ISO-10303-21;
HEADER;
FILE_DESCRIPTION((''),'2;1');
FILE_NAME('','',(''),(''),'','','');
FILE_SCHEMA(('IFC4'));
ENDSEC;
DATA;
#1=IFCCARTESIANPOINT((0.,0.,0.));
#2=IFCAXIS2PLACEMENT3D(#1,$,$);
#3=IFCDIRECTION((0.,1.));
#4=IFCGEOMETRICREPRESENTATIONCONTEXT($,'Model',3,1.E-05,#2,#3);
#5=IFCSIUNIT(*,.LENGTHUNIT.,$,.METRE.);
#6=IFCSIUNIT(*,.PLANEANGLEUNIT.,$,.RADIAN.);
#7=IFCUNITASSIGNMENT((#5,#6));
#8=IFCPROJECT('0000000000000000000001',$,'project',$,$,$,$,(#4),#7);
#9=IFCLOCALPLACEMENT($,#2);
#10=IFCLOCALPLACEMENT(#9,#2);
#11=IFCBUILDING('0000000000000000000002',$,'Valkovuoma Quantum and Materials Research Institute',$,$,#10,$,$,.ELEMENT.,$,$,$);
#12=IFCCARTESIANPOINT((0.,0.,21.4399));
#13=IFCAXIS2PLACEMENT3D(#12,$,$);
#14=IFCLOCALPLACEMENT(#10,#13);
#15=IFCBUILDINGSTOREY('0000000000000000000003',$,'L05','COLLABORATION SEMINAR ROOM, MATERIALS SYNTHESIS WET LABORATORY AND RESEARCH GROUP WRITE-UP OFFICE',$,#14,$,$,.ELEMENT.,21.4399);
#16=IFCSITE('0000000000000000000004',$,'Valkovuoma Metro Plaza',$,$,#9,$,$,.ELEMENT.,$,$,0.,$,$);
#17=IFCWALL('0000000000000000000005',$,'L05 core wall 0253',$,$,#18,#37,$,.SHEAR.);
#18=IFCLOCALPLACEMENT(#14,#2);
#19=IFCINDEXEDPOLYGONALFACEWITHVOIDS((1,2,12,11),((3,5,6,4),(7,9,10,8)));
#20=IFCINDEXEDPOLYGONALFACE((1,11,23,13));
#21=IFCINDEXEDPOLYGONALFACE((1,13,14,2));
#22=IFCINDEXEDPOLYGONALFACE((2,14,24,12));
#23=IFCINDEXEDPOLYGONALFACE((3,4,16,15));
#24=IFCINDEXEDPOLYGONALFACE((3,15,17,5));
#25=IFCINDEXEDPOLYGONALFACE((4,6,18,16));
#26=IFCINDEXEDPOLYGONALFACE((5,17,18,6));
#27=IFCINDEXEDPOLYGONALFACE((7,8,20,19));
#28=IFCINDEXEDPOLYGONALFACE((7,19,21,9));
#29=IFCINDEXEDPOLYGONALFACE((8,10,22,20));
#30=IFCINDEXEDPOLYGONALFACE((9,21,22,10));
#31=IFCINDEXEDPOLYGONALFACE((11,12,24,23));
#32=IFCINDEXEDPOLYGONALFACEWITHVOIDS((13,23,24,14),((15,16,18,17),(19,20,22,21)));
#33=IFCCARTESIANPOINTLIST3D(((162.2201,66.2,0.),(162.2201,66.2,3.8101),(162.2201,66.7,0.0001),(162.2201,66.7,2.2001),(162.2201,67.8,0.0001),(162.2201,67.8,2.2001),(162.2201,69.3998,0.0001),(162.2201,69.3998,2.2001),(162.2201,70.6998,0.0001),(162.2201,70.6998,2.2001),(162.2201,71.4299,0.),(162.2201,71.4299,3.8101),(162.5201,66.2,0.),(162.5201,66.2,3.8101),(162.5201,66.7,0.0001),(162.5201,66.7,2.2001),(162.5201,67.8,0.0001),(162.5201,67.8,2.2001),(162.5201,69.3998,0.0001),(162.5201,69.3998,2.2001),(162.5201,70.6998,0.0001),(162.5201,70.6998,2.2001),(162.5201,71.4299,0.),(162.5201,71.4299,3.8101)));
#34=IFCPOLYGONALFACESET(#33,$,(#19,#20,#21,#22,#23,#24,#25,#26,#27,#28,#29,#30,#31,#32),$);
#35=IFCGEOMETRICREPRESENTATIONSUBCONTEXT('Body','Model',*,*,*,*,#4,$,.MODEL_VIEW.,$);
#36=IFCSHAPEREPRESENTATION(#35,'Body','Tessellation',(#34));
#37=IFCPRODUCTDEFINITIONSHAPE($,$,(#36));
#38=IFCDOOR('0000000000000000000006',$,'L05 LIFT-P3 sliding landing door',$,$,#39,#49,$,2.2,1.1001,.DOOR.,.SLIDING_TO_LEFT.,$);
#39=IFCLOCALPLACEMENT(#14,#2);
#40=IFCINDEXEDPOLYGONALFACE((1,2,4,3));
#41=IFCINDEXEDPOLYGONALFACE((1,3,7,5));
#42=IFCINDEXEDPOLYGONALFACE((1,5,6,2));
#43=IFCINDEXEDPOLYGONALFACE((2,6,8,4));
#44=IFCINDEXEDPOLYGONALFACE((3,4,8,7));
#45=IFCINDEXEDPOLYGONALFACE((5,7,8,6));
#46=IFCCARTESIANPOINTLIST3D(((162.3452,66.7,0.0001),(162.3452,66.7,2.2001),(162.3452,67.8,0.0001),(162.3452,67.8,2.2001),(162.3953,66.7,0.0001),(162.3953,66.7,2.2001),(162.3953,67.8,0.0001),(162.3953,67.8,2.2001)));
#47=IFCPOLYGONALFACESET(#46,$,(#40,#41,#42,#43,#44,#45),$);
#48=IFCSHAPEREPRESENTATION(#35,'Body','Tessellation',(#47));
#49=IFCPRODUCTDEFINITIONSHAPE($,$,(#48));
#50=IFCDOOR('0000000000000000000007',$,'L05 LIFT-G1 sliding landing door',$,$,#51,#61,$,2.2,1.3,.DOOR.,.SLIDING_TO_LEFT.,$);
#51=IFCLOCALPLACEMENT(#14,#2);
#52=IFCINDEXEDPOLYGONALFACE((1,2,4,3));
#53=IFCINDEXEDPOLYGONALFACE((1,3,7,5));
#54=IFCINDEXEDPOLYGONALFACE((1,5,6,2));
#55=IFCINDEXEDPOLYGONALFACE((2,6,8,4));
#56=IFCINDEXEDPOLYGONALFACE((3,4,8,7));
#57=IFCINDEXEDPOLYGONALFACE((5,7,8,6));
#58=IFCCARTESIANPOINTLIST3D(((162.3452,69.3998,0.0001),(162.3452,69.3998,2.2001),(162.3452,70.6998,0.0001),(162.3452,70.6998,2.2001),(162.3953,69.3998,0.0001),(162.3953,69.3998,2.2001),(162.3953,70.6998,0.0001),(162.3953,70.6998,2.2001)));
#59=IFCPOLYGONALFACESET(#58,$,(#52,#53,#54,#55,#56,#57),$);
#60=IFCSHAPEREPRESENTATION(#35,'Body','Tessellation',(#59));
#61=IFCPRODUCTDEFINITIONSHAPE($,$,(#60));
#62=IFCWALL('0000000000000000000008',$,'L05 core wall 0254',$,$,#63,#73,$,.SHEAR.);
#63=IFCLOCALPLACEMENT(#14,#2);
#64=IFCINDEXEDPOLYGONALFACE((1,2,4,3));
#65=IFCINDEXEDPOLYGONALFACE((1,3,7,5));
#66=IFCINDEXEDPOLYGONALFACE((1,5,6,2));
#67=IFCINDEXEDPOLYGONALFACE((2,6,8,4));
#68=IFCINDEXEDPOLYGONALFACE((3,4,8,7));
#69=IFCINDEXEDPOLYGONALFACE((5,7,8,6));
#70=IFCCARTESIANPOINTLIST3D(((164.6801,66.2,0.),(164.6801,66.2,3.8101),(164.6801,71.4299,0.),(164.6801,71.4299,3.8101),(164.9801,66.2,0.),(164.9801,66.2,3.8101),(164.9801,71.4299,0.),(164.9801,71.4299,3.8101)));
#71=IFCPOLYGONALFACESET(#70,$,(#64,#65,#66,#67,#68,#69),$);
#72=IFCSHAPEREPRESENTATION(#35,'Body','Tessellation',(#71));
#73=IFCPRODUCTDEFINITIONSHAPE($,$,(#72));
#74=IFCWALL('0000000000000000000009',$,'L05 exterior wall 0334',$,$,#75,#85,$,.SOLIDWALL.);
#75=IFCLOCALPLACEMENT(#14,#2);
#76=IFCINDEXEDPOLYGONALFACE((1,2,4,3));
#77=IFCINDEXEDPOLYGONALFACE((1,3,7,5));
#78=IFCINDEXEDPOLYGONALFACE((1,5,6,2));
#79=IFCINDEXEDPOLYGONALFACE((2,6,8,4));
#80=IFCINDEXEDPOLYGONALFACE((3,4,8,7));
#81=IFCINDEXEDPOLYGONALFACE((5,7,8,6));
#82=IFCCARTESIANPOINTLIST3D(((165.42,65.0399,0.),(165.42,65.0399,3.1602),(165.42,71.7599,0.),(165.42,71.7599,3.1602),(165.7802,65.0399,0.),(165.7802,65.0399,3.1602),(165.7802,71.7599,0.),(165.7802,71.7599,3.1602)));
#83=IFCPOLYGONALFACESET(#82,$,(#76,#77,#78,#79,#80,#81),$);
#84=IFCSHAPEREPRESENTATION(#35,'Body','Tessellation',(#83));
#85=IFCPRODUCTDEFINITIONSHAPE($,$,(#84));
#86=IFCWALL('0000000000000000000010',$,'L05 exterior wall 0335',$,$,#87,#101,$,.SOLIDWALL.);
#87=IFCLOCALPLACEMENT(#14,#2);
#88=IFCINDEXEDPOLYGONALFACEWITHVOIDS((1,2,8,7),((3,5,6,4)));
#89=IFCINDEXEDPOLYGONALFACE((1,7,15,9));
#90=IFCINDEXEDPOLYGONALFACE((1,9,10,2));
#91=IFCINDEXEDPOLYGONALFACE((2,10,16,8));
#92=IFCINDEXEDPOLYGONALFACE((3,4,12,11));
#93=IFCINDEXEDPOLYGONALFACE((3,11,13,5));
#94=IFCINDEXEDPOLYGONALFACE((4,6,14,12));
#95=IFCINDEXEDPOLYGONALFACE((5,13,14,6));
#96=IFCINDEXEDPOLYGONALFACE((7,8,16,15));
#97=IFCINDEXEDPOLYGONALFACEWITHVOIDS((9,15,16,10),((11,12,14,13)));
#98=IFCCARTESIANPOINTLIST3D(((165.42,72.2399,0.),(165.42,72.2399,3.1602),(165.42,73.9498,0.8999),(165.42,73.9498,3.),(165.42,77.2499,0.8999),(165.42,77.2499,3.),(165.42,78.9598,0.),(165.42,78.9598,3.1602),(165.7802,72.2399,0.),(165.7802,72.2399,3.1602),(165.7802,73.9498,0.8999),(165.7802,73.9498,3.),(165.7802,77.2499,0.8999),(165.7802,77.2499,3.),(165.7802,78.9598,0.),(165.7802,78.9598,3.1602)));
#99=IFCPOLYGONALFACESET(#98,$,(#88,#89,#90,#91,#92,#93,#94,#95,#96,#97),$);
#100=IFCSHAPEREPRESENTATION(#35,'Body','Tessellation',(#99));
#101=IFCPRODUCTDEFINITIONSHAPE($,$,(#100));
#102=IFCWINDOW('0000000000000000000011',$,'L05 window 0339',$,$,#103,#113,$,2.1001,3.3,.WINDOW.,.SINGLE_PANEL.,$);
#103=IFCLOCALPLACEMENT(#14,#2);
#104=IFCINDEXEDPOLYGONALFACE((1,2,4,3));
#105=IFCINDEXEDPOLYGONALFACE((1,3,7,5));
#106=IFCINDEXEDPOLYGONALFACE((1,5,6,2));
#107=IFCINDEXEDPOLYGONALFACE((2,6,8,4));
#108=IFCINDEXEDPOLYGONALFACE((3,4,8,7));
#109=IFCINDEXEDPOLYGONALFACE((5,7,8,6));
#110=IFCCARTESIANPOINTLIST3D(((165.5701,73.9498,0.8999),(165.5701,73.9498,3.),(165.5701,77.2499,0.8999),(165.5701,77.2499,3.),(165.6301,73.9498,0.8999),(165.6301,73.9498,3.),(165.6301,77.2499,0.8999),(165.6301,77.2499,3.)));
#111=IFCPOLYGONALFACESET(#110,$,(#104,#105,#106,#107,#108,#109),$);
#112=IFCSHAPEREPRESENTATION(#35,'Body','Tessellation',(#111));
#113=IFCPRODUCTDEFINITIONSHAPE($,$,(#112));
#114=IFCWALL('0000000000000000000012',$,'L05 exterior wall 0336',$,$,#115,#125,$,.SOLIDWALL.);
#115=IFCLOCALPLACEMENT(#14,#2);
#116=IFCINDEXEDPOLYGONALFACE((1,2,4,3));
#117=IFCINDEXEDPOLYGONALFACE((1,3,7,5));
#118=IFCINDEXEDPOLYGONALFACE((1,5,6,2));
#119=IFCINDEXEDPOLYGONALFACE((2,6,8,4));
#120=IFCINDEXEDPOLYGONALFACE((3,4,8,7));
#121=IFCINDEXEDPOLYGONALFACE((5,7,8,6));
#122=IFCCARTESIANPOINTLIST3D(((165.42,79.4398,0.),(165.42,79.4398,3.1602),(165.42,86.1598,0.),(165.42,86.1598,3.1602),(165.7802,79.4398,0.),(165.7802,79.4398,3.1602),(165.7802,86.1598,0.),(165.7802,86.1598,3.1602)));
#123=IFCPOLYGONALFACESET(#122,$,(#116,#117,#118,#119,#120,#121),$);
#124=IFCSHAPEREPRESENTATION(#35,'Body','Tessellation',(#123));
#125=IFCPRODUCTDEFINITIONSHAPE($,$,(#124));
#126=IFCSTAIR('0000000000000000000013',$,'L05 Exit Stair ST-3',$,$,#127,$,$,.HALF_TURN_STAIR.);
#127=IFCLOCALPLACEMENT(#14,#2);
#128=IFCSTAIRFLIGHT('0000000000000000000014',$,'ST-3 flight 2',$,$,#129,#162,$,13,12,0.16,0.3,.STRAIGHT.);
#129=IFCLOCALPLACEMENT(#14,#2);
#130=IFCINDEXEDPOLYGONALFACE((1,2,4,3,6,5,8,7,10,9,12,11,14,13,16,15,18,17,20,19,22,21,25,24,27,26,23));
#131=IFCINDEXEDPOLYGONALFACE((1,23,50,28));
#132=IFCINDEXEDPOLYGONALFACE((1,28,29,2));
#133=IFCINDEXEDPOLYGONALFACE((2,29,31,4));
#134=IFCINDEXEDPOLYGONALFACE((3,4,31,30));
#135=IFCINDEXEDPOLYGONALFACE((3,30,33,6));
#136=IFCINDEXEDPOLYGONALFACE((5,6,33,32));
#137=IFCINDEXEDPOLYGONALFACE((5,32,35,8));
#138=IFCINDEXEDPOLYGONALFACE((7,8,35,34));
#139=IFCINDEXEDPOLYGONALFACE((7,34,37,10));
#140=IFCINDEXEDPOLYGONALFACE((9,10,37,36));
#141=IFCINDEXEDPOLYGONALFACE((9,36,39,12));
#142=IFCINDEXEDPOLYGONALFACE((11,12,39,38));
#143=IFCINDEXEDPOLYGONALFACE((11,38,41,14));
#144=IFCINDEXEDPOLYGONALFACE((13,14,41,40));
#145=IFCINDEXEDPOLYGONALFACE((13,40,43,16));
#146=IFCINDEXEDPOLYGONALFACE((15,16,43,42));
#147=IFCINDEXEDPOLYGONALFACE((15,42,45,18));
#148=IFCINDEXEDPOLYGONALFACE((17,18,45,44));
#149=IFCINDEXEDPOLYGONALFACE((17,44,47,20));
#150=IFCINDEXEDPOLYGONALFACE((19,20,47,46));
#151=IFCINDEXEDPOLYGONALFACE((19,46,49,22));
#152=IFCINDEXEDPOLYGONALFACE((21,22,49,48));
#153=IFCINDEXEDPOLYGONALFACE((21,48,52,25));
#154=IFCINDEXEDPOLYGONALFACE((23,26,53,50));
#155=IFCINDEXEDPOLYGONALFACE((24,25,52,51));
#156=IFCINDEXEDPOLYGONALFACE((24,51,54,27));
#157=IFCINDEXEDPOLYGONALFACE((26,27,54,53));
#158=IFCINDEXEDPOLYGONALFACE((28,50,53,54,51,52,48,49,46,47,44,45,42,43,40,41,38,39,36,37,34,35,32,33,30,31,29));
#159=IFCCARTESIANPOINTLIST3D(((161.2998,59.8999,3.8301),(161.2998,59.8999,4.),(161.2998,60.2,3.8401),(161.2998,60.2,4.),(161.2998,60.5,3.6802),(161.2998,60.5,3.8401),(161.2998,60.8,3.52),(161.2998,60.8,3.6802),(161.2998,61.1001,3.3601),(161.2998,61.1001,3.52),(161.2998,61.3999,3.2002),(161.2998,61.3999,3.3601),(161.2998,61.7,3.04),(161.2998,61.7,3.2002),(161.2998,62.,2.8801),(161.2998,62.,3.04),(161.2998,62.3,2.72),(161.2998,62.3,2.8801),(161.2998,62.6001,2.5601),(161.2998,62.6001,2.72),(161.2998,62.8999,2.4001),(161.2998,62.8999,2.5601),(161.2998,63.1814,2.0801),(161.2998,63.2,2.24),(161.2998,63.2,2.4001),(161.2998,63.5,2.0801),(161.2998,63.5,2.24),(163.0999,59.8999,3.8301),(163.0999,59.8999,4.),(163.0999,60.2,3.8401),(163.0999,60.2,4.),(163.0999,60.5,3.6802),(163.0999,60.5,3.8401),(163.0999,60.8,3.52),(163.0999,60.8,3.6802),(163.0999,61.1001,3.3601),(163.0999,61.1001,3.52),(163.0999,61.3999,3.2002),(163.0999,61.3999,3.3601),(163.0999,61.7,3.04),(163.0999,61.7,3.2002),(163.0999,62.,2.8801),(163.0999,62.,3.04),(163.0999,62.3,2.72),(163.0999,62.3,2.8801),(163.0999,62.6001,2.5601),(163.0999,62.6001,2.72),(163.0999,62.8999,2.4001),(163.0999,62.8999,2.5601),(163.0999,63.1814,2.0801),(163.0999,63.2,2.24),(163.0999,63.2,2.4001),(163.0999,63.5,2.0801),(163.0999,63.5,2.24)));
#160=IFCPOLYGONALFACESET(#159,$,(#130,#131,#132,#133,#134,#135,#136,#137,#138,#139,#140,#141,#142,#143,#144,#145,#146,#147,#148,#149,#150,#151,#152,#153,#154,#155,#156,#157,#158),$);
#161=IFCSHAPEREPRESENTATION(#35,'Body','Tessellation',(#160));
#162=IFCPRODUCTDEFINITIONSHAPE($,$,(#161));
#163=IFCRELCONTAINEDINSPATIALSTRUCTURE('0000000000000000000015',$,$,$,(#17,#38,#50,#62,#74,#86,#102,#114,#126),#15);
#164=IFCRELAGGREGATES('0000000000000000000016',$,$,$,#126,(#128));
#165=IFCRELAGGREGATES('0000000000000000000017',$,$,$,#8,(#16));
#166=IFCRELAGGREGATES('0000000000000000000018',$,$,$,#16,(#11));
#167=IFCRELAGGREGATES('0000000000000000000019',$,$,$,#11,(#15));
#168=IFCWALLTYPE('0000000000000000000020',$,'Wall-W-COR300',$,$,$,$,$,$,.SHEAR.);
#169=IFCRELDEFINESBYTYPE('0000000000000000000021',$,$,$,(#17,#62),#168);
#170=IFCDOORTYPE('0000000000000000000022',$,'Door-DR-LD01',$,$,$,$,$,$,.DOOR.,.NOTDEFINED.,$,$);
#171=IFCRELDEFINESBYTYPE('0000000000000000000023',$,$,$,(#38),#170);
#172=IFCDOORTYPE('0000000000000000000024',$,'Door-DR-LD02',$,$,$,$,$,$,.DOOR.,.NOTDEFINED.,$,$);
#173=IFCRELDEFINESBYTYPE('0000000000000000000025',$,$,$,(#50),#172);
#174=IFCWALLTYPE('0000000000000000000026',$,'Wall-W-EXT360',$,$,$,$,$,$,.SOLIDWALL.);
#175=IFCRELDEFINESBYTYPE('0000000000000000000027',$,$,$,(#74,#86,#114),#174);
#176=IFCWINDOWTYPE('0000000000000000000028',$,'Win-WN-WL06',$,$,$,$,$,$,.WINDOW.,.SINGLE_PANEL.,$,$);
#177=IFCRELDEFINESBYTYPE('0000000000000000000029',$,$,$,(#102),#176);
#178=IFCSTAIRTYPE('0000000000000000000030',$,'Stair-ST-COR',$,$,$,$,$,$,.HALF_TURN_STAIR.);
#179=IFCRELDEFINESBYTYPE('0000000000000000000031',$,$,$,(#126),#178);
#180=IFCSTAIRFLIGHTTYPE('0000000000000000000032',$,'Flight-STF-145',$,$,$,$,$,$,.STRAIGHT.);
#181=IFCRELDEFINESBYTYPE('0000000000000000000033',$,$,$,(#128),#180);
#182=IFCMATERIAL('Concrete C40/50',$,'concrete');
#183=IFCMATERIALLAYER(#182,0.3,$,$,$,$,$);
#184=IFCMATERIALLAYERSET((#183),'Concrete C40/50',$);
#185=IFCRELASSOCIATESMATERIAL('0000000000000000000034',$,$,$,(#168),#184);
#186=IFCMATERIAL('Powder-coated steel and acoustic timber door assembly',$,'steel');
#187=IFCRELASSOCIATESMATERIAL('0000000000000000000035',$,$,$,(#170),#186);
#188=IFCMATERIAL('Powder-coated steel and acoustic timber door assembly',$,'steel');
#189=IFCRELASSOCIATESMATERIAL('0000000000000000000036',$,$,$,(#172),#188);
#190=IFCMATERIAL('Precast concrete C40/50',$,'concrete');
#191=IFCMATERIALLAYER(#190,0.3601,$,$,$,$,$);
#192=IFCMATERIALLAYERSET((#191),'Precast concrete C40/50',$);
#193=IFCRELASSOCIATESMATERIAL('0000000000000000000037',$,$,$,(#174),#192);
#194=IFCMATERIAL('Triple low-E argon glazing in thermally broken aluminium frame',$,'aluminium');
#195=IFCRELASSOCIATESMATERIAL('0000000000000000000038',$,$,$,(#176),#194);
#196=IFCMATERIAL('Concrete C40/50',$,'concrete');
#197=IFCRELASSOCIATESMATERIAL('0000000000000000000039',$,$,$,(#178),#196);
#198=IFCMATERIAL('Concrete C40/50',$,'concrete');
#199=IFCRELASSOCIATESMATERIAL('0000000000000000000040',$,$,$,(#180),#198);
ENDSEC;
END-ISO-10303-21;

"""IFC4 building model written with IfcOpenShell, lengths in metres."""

from ifc_helpers import new_model, si_unit, direction, frame, frame_2d, origin, place, context, subcontext, project, spatial, polyline, rectangle, outline, extrude, material, layer, layer_set, type_object, element, fill, aggregate, save


model = new_model("IFC4")

# Units and contexts
model_context = context("Model", 3, precision=1e-05, world=origin(), true_north=direction((0.0, 1.0)))
body_context = subcontext(model_context, "Body", "Model", "MODEL_VIEW")
ifc_project = project(units=[si_unit("LENGTHUNIT", "METRE"), si_unit("PLANEANGLEUNIT", "RADIAN")], contexts=[model_context])

# Site, building, storey
site_placement = place(None, origin())
site = spatial("IfcSite", under=ifc_project, at=site_placement, Name="Valkovuoma Metro Plaza", CompositionType="ELEMENT", RefElevation=0.0)
building_placement = place(site_placement, origin())
building = spatial("IfcBuilding", under=site, at=building_placement, Name="Valkovuoma Quantum and Materials Research Institute", CompositionType="ELEMENT")
storey_placement = place(building_placement, frame((0.0, 0.0, 21.4399)))
storey = spatial("IfcBuildingStorey", under=building, at=storey_placement, Name="L05", Description="COLLABORATION SEMINAR ROOM, MATERIALS SYNTHESIS WET LABORATORY AND RESEARCH GROUP WRITE-UP OFFICE", CompositionType="ELEMENT", Elevation=21.4399)

# Shared definitions
ifc_material_1 = material(Name="Concrete C40/50", Category="concrete")
ifc_layer_1 = layer(ifc_material_1, 0.3)
ifc_layer_set_1 = layer_set([ifc_layer_1], Name="Concrete C40/50")
wall_type_1 = type_object("IfcWallType", Name="Wall-W-COR300", PredefinedType="SHEAR", material=ifc_layer_set_1)

# Wall, openings, doors
wall_1_placement = place(storey_placement, frame((162.3701, 66.2, 0.0), z_axis=(0.0, 0.0, 1.0), x_axis=(0.0, 1.0, 0.0)))
wall_1 = element("IfcWall", 1, at=wall_1_placement, inside=storey, type_object=wall_type_1, Name="L05 core wall 0253", PredefinedType="SHEAR", context=body_context, shape_type="SweptSolid", body=[
    extrude(rectangle(XDim=5.23, YDim=0.3, at=frame_2d((2.615, 0.0))), origin(), (0.0, 0.0, 1.0), 3.8101),
])
opening_1_placement = place(wall_1_placement, frame((0.5, 0.0, 0.0)))
opening_1 = element("IfcOpeningElement", 2, at=opening_1_placement, cuts=wall_1, PredefinedType="OPENING", context=body_context, shape_type="SweptSolid", body=[
    extrude(rectangle(XDim=1.1001, YDim=2.2, at=frame_2d((0.55, 1.1001))), frame((0.0, 0.1602, 0.0), z_axis=(0.0, -1.0, 0.0), x_axis=(1.0, 0.0, 0.0)), (0.0, 0.0, 1.0), 0.3201),
])
opening_2_placement = place(wall_1_placement, frame((3.2, 0.0, 0.0)))
opening_2 = element("IfcOpeningElement", 3, at=opening_2_placement, cuts=wall_1, PredefinedType="OPENING", context=body_context, shape_type="SweptSolid", body=[
    extrude(rectangle(XDim=1.3, YDim=2.2, at=frame_2d((0.6499, 1.1001))), frame((0.0, 0.1602, 0.0), z_axis=(0.0, -1.0, 0.0), x_axis=(1.0, 0.0, 0.0)), (0.0, 0.0, 1.0), 0.3201),
])
ifc_material_2 = material(Name="Powder-coated steel and acoustic timber door assembly", Category="steel")
door_type_1 = type_object("IfcDoorType", Name="Door-DR-LD01", OperationType="NOTDEFINED", PredefinedType="DOOR", material=ifc_material_2)
door_1_placement = place(opening_1_placement, origin())
door_1 = element("IfcDoor", 4, at=door_1_placement, inside=storey, type_object=door_type_1, Name="L05 LIFT-P3 sliding landing door", OperationType="SLIDING_TO_LEFT", OverallHeight=2.2, OverallWidth=1.1001, PredefinedType="DOOR", context=body_context, shape_type="SweptSolid", body=[
    extrude(rectangle(XDim=1.1001, YDim=2.2, at=frame_2d((0.55, 1.1001))), frame((0.0, 0.0249, 0.0), z_axis=(0.0, -1.0, 0.0), x_axis=(1.0, 0.0, 0.0)), (0.0, 0.0, 1.0), 0.05),
])
fill(opening_1, door_1)
ifc_material_3 = material(Name="Powder-coated steel and acoustic timber door assembly", Category="steel")
door_type_2 = type_object("IfcDoorType", Name="Door-DR-LD02", OperationType="NOTDEFINED", PredefinedType="DOOR", material=ifc_material_3)
door_2_placement = place(opening_2_placement, origin())
door_2 = element("IfcDoor", 5, at=door_2_placement, inside=storey, type_object=door_type_2, Name="L05 LIFT-G1 sliding landing door", OperationType="SLIDING_TO_LEFT", OverallHeight=2.2, OverallWidth=1.3, PredefinedType="DOOR", context=body_context, shape_type="SweptSolid", body=[
    extrude(rectangle(XDim=1.3, YDim=2.2, at=frame_2d((0.6499, 1.1001))), frame((0.0, 0.0249, 0.0), z_axis=(0.0, -1.0, 0.0), x_axis=(1.0, 0.0, 0.0)), (0.0, 0.0, 1.0), 0.05),
])
fill(opening_2, door_2)

# Walls
wall_2_placement = place(storey_placement, frame((164.8301, 66.2, 0.0), z_axis=(0.0, 0.0, 1.0), x_axis=(0.0, 1.0, 0.0)))
element("IfcWall", 6, at=wall_2_placement, inside=storey, type_object=wall_type_1, Name="L05 core wall 0254", PredefinedType="SHEAR", context=body_context, shape_type="SweptSolid", body=[
    extrude(rectangle(XDim=5.23, YDim=0.3, at=frame_2d((2.615, 0.0))), origin(), (0.0, 0.0, 1.0), 3.8101),
])
ifc_material_4 = material(Name="Precast concrete C40/50", Category="concrete")
ifc_layer_2 = layer(ifc_material_4, 0.3601)
ifc_layer_set_2 = layer_set([ifc_layer_2], Name="Precast concrete C40/50")
wall_type_2 = type_object("IfcWallType", Name="Wall-W-EXT360", PredefinedType="SOLIDWALL", material=ifc_layer_set_2)
wall_3_placement = place(storey_placement, frame((165.6001, 65.04, 0.0), z_axis=(0.0, 0.0, 1.0), x_axis=(0.0, 1.0, 0.0)))
element("IfcWall", 7, at=wall_3_placement, inside=storey, type_object=wall_type_2, Name="L05 exterior wall 0334", PredefinedType="SOLIDWALL", context=body_context, shape_type="SweptSolid", body=[
    extrude(rectangle(XDim=6.72, YDim=0.3601, at=frame_2d((3.3599, 0.0))), origin(), (0.0, 0.0, 1.0), 3.1602),
])

# Wall, opening, window
wall_4_placement = place(storey_placement, frame((165.6001, 72.24, 0.0), z_axis=(0.0, 0.0, 1.0), x_axis=(0.0, 1.0, 0.0)))
wall_4 = element("IfcWall", 8, at=wall_4_placement, inside=storey, type_object=wall_type_2, Name="L05 exterior wall 0335", PredefinedType="SOLIDWALL", context=body_context, shape_type="SweptSolid", body=[
    extrude(rectangle(XDim=6.72, YDim=0.3601, at=frame_2d((3.3599, 0.0))), origin(), (0.0, 0.0, 1.0), 3.1602),
])
opening_3_placement = place(wall_4_placement, frame((1.71, 0.0, 0.8999)))
opening_3 = element("IfcOpeningElement", 9, at=opening_3_placement, cuts=wall_4, PredefinedType="OPENING", context=body_context, shape_type="SweptSolid", body=[
    extrude(rectangle(XDim=3.3, YDim=2.1001, at=frame_2d((1.6499, 1.05))), frame((0.0, 0.1899, 0.0), z_axis=(0.0, -1.0, 0.0), x_axis=(1.0, 0.0, 0.0)), (0.0, 0.0, 1.0), 0.3801),
])
ifc_material_5 = material(Name="Triple low-E argon glazing in thermally broken aluminium frame", Category="aluminium")
window_type = type_object("IfcWindowType", Name="Win-WN-WL06", PartitioningType="SINGLE_PANEL", PredefinedType="WINDOW", material=ifc_material_5)
window_placement = place(opening_3_placement, origin())
window = element("IfcWindow", 10, at=window_placement, inside=storey, type_object=window_type, Name="L05 window 0339", OverallHeight=2.1001, OverallWidth=3.3, PartitioningType="SINGLE_PANEL", PredefinedType="WINDOW", context=body_context, shape_type="SweptSolid", body=[
    extrude(rectangle(XDim=3.3, YDim=2.1001, at=frame_2d((1.6499, 1.05))), frame((0.0, 0.03, 0.0), z_axis=(0.0, -1.0, 0.0), x_axis=(1.0, 0.0, 0.0)), (0.0, 0.0, 1.0), 0.0601),
])
fill(opening_3, window)

# Wall
wall_5_placement = place(storey_placement, frame((165.6001, 79.4399, 0.0), z_axis=(0.0, 0.0, 1.0), x_axis=(0.0, 1.0, 0.0)))
element("IfcWall", 11, at=wall_5_placement, inside=storey, type_object=wall_type_2, Name="L05 exterior wall 0336", PredefinedType="SOLIDWALL", context=body_context, shape_type="SweptSolid", body=[
    extrude(rectangle(XDim=6.72, YDim=0.3601, at=frame_2d((3.3599, 0.0))), origin(), (0.0, 0.0, 1.0), 3.1602),
])

# Stair, stair flight
ifc_material_6 = material(Name="Concrete C40/50", Category="concrete")
stair_type = type_object("IfcStairType", Name="Stair-ST-COR", PredefinedType="HALF_TURN_STAIR", material=ifc_material_6)
stair_placement = place(storey_placement, origin())
stair = element("IfcStair", 12, at=stair_placement, inside=storey, type_object=stair_type, Name="L05 Exit Stair ST-3", PredefinedType="HALF_TURN_STAIR")
ifc_material_7 = material(Name="Concrete C40/50", Category="concrete")
stair_flight_type = type_object("IfcStairFlightType", Name="Flight-STF-145", PredefinedType="STRAIGHT", material=ifc_material_7)
stair_flight_placement = place(storey_placement, frame((162.2, 63.5, 2.0801), z_axis=(0.0, 0.0, 1.0), x_axis=(0.0, -1.0, 0.0)))
stair_flight = element("IfcStairFlight", 13, at=stair_flight_placement, type_object=stair_flight_type, Name="ST-3 flight 2", NumberOfRisers=13, NumberOfTreads=12, PredefinedType="STRAIGHT", RiserHeight=0.16, TreadLength=0.3, context=body_context, shape_type="SweptSolid", body=[
    extrude(outline(polyline([(0.0, 0.0), (0.0, 0.1599), (0.3, 0.1599), (0.3, 0.3201), (0.6001, 0.3201), (0.6001, 0.48), (0.8999, 0.48), (0.8999, 0.6399), (1.2, 0.6399), (1.2, 0.8), (1.5, 0.8), (1.5, 0.96), (1.8, 0.96), (1.8, 1.1201), (2.1001, 1.1201), (2.1001, 1.28), (2.3999, 1.28), (2.3999, 1.4399), (2.7, 1.4399), (2.7, 1.6001), (3.0, 1.6001), (3.0, 1.76), (3.3, 1.76), (3.3, 1.9199), (3.6001, 1.9199), (3.6001, 2.0801), (3.6001, 1.75), (0.3186, 0.0), (0.0, 0.0)])), frame((0.0, 0.8999, 0.0), z_axis=(0.0, -1.0, 0.0), x_axis=(1.0, 0.0, 0.0)), (0.0, 0.0, 1.0), 1.8),
])
aggregate(stair, [stair_flight])

save(model, "model.ifc")
